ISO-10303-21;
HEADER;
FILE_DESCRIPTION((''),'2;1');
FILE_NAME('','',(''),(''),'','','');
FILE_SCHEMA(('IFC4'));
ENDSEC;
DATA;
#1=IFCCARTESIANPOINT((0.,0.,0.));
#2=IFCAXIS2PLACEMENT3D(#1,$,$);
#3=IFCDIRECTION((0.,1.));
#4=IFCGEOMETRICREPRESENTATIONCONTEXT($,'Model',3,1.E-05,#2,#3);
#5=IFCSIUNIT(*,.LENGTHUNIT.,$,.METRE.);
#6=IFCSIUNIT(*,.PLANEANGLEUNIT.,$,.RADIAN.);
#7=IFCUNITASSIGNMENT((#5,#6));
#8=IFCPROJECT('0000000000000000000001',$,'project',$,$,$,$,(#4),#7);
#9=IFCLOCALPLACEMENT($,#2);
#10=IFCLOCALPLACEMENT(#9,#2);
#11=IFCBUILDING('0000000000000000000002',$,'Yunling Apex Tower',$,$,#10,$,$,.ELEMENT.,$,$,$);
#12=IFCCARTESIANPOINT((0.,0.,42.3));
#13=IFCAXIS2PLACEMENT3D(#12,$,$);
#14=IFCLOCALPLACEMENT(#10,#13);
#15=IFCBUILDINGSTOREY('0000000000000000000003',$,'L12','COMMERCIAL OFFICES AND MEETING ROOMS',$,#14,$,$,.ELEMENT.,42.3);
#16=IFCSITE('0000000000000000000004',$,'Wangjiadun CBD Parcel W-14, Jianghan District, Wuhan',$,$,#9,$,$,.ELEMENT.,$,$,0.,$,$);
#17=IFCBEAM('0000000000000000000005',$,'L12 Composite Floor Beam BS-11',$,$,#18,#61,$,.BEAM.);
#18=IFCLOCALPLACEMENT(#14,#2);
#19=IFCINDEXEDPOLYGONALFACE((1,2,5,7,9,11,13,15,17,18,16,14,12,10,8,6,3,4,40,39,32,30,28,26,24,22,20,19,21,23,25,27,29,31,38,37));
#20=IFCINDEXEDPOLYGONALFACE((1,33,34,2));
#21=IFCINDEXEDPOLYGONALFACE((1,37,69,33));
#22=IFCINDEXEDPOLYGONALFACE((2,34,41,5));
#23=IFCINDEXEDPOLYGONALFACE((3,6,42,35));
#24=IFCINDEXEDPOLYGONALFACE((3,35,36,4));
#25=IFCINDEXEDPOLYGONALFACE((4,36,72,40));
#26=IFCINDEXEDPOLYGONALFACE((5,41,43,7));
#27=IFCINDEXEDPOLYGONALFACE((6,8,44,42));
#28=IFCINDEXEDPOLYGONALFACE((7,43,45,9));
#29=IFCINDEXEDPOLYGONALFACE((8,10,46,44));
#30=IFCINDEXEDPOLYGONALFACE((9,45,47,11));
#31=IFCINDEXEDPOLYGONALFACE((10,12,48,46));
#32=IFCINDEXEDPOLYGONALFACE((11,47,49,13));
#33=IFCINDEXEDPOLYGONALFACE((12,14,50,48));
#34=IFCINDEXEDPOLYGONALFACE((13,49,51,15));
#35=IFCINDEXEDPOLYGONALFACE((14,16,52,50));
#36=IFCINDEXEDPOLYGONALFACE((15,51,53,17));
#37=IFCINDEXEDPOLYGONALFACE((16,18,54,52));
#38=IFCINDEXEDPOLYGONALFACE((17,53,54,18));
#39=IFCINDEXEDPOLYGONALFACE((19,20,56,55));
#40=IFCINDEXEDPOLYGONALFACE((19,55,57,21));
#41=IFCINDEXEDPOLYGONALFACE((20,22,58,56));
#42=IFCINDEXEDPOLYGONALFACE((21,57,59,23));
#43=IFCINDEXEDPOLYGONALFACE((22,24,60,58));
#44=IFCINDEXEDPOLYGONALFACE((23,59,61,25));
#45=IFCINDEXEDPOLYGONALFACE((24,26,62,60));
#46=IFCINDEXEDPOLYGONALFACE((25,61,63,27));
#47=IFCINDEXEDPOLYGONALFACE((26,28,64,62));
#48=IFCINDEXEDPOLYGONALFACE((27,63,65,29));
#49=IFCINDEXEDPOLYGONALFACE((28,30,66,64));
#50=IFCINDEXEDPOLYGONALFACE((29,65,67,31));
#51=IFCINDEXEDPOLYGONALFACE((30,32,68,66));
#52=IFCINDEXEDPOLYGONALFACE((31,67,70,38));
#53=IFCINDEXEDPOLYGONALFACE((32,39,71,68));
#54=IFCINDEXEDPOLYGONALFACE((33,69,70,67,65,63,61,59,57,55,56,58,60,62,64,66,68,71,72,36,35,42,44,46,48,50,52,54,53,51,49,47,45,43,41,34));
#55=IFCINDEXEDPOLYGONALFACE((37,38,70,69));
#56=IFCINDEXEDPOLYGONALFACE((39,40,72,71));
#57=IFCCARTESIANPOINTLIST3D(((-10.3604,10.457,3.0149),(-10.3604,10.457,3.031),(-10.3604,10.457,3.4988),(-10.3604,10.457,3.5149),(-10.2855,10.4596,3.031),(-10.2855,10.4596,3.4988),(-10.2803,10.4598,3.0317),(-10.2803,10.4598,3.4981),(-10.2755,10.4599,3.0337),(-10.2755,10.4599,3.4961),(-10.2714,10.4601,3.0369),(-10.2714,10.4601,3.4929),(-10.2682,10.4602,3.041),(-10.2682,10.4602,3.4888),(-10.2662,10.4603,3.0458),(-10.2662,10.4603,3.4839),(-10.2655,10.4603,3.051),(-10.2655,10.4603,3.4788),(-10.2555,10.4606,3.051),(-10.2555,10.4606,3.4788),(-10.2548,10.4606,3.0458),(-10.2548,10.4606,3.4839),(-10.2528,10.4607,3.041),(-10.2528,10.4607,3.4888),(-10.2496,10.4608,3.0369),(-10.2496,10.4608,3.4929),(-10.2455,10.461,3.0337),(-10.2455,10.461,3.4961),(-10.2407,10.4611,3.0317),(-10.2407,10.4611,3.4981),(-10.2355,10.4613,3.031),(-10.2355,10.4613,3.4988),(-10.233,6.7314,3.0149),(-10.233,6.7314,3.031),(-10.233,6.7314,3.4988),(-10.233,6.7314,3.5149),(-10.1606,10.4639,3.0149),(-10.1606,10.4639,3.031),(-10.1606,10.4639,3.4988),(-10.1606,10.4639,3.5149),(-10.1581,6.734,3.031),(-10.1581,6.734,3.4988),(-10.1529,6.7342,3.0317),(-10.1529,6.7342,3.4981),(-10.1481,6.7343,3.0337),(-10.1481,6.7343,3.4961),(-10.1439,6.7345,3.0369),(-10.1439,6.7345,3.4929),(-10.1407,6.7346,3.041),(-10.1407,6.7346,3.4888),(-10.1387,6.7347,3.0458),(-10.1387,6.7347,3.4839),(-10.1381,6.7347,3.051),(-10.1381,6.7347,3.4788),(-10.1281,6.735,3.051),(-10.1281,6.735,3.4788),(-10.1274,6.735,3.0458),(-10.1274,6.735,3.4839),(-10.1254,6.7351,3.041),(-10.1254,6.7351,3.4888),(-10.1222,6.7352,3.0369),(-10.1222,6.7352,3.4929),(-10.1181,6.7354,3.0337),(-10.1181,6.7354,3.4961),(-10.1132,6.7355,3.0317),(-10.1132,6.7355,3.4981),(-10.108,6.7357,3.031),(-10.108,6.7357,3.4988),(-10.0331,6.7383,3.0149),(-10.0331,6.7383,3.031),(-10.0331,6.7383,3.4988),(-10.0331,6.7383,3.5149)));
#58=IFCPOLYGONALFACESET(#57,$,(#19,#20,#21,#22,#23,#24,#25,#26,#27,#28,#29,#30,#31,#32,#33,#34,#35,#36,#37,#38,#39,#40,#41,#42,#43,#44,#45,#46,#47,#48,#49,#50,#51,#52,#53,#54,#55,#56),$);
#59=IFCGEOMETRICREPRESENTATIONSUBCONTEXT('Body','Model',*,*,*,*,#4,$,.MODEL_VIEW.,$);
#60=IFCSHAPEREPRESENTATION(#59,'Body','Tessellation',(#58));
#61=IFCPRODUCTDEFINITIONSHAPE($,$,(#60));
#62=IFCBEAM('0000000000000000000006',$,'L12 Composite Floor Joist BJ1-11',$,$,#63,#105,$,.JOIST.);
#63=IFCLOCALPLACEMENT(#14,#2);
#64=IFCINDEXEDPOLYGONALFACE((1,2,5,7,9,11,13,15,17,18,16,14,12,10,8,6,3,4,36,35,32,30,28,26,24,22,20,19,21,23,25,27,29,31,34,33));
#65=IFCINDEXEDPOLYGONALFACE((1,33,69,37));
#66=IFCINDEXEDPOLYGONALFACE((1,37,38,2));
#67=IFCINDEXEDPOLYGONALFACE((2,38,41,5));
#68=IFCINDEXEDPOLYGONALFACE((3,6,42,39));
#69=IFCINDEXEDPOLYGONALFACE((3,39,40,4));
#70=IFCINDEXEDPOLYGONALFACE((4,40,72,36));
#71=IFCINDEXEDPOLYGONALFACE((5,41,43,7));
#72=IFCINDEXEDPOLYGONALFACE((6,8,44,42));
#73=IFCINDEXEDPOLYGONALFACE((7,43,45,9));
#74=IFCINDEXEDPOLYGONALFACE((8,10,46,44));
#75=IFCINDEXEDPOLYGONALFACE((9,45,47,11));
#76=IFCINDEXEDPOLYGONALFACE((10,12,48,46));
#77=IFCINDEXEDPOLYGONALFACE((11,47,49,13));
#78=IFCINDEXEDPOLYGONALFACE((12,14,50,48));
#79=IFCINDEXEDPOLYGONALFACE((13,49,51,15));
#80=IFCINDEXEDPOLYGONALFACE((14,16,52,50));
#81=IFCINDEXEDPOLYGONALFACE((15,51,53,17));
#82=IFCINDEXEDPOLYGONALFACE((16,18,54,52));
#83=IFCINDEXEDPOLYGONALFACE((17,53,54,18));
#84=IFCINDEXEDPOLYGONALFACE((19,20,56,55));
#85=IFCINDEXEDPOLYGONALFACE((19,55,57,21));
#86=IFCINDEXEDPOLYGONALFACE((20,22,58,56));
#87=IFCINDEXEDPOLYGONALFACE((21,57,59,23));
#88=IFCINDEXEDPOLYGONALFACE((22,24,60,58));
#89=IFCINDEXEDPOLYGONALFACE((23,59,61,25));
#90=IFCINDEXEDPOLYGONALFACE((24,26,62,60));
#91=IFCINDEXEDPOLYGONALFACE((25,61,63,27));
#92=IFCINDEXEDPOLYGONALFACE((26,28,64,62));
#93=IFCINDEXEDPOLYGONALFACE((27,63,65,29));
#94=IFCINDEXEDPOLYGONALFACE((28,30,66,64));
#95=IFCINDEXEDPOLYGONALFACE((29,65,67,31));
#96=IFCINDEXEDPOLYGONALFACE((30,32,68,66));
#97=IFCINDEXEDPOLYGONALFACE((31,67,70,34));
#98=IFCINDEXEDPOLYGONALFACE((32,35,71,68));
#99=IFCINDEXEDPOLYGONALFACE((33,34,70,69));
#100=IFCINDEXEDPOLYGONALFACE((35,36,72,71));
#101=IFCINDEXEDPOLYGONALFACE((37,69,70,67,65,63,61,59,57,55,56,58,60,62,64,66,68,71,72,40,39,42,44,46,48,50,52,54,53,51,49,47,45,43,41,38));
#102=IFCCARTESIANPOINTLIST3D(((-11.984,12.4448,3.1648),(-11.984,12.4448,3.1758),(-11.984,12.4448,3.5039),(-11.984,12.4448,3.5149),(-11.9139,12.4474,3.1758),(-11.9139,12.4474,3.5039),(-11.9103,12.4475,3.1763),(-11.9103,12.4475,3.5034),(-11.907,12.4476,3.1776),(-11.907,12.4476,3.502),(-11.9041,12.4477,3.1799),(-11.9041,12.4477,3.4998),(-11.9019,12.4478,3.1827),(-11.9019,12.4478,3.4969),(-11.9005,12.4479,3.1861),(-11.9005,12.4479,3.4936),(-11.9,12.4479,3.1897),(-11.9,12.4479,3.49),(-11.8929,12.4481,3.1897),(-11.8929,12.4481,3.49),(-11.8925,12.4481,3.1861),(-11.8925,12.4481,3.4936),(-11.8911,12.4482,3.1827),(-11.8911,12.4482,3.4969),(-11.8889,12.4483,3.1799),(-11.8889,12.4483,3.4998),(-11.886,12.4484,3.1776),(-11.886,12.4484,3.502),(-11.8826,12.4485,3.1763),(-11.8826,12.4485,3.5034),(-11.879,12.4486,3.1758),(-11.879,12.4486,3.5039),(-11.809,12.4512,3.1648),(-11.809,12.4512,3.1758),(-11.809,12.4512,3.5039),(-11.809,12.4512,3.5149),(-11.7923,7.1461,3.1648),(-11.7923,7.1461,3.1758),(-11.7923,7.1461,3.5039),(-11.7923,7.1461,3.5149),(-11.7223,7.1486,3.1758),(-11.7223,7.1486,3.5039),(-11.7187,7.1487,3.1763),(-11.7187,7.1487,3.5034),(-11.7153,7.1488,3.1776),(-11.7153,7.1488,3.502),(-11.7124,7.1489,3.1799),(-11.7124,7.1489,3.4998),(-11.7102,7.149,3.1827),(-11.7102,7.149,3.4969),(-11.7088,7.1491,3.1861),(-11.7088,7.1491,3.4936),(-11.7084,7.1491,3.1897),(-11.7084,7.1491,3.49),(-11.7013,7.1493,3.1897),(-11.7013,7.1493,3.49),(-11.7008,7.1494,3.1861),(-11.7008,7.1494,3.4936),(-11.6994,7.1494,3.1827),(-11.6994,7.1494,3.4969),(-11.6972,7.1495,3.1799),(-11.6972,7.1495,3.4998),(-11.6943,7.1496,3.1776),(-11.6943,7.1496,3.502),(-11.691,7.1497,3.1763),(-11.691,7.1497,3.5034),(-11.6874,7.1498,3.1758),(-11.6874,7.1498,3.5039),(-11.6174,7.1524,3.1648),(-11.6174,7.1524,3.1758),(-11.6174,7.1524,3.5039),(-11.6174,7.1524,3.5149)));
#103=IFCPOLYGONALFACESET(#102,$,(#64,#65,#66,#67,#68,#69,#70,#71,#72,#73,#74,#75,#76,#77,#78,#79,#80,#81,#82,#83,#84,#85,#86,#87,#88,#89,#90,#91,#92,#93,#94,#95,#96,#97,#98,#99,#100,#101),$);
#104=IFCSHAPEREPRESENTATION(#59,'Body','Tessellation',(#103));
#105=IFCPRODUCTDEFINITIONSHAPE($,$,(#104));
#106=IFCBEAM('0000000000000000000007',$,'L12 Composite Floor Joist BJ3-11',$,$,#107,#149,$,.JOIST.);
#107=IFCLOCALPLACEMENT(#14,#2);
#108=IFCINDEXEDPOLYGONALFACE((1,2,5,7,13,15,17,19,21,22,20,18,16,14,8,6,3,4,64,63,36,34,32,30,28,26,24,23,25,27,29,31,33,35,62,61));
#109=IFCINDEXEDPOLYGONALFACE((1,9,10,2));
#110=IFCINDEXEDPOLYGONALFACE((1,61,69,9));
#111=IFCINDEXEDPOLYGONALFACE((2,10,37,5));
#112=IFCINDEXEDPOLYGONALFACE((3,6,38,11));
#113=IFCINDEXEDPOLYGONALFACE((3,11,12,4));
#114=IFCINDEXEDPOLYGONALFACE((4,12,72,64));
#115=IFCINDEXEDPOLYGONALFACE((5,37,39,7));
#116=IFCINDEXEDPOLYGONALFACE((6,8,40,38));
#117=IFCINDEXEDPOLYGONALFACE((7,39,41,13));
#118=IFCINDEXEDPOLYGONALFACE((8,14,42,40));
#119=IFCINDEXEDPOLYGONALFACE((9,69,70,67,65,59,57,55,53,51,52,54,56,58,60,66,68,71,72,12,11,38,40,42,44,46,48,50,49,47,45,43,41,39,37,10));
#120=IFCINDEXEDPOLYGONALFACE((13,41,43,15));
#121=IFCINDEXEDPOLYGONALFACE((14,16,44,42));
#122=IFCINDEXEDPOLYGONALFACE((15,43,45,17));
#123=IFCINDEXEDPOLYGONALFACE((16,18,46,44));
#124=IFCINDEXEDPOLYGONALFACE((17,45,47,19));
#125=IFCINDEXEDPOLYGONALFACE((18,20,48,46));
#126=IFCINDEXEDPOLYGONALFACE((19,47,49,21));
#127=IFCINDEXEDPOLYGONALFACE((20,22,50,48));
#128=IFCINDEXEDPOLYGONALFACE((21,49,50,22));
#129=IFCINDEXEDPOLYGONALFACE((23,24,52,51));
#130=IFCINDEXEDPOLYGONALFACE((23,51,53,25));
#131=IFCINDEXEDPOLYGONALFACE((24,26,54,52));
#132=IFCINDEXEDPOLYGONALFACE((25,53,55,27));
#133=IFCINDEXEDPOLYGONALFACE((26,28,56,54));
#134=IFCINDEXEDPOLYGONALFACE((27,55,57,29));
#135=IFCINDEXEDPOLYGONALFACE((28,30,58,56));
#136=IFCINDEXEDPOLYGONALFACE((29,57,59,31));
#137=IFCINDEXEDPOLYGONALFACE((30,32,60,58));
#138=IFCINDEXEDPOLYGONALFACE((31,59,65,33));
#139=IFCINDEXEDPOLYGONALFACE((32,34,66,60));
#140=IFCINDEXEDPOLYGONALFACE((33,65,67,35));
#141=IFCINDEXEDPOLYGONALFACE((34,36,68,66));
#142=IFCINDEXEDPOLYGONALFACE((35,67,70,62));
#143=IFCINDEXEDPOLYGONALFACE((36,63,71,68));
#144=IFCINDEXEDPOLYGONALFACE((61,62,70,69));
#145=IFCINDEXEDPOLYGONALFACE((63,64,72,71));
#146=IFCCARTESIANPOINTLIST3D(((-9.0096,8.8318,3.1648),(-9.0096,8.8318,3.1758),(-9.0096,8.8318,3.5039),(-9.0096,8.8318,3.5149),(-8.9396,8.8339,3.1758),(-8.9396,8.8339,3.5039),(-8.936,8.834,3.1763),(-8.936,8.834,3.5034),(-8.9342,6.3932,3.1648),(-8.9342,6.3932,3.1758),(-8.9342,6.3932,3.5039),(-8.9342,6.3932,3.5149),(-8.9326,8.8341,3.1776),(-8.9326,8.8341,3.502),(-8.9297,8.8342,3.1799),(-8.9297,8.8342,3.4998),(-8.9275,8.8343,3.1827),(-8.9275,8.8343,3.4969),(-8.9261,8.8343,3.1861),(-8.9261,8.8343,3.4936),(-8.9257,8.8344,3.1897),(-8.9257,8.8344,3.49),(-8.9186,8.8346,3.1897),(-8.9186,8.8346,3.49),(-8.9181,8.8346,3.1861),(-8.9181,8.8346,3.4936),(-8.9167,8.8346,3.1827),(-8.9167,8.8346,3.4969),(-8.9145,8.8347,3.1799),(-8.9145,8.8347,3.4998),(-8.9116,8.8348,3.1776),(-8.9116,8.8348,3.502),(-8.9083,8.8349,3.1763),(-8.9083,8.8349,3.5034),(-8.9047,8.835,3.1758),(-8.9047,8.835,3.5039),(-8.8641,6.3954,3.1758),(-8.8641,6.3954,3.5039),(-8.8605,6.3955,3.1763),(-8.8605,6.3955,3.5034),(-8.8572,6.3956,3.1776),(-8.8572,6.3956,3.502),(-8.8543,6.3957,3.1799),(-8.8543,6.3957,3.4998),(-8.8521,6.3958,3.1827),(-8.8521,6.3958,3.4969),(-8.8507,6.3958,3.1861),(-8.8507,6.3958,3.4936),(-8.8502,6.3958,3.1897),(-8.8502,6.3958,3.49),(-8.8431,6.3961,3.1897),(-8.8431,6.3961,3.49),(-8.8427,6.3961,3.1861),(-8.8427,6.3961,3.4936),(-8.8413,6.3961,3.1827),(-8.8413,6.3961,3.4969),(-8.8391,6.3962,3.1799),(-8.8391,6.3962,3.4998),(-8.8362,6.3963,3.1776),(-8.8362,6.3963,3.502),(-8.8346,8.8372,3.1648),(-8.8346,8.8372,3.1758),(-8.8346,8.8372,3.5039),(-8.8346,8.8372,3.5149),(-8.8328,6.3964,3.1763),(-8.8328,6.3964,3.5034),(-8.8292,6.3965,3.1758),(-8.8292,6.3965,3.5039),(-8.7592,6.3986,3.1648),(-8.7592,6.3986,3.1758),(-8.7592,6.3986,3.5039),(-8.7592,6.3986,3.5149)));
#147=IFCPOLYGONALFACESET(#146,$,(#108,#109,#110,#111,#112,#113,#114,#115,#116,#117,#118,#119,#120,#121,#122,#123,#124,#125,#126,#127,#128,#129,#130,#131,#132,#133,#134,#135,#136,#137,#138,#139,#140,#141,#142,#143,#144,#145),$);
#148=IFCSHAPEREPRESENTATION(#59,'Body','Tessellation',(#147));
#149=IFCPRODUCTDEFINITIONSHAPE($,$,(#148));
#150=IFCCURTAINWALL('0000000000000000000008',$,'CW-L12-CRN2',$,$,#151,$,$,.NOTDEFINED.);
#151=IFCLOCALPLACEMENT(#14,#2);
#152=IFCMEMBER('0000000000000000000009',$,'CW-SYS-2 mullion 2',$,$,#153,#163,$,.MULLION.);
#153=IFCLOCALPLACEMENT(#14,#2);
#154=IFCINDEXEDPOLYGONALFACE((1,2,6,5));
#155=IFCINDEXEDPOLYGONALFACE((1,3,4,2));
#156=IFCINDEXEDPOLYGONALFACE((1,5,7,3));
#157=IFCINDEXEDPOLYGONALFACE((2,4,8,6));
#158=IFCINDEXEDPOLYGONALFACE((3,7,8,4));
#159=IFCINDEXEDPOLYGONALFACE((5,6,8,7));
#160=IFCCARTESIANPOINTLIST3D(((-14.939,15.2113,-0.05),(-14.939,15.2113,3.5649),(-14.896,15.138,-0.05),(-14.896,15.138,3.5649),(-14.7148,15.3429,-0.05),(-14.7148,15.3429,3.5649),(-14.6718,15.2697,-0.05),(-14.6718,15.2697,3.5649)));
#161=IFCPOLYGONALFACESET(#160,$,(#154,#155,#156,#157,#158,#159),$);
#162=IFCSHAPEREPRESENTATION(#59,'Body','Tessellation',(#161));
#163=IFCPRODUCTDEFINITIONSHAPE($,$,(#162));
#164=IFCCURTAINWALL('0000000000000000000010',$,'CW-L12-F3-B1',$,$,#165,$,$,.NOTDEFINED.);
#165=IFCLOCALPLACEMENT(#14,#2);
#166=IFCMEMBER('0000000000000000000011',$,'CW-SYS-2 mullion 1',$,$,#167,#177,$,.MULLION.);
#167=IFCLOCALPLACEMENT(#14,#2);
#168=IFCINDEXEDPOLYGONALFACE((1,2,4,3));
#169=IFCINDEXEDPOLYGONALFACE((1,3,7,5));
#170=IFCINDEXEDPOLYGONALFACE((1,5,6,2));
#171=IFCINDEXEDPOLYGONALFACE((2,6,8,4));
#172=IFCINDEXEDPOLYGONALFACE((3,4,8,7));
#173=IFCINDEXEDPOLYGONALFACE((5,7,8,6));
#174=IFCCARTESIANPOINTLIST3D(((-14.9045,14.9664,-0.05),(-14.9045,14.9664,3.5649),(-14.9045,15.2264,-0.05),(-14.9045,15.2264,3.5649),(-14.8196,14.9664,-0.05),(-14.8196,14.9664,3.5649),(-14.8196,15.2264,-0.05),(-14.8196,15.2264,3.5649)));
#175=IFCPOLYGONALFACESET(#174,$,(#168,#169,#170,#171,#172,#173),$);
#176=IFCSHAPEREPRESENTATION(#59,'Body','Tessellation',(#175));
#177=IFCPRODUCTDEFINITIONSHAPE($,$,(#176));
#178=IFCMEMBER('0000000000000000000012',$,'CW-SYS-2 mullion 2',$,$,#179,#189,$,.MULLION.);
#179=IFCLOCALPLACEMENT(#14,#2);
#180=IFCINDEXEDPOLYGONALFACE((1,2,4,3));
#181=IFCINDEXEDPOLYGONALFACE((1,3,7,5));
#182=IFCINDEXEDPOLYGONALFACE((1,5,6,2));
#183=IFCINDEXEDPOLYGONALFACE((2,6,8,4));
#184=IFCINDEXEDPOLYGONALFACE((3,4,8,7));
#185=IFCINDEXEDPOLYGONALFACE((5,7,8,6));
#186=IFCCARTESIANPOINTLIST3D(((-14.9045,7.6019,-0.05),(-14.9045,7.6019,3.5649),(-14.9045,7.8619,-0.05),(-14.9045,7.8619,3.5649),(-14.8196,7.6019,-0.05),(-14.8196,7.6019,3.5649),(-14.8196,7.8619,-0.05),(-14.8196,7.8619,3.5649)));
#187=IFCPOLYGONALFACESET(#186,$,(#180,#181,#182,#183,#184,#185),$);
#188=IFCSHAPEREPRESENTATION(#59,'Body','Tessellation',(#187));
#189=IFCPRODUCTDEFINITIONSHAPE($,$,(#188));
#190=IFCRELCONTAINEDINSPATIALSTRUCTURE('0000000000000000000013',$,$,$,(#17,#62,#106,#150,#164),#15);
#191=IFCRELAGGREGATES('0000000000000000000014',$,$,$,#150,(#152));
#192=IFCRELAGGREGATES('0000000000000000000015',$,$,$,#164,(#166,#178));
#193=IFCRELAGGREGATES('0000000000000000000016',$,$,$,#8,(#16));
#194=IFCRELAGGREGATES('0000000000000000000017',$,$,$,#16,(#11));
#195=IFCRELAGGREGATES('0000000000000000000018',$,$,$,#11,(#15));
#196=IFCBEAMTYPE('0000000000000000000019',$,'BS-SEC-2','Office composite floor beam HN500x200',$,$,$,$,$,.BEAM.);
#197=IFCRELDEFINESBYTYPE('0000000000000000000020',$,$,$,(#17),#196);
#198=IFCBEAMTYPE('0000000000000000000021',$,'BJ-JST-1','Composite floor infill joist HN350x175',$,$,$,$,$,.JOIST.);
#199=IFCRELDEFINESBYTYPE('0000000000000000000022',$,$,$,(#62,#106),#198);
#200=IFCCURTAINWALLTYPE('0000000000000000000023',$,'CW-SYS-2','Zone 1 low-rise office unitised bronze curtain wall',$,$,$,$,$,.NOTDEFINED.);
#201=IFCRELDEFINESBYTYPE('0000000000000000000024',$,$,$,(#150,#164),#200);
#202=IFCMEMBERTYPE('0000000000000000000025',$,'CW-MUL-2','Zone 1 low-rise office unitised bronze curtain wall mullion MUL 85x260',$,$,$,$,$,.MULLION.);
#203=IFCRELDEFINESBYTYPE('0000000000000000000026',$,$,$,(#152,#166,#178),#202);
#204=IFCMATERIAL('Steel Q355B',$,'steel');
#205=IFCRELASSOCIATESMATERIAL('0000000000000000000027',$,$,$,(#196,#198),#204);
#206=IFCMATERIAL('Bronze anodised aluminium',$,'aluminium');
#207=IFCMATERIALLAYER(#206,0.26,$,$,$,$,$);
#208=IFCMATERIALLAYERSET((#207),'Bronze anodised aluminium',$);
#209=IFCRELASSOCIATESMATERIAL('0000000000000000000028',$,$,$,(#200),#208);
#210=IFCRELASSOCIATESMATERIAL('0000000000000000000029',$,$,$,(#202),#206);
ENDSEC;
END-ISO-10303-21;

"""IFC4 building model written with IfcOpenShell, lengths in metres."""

from ifc_helpers import new_model, si_unit, direction, frame, origin, origin_2d, place, context, subcontext, project, spatial, rectangle, i_section, extrude, source, transform, mapped, material, layer, layer_set, material_profile, profile_set, type_object, element, aggregate, save


model = new_model("IFC4")

# Units and contexts
model_context = context("Model", 3, precision=1e-05, world=origin(), true_north=direction((0.0, 1.0)))
body_context = subcontext(model_context, "Body", "Model", "MODEL_VIEW")
ifc_project = project(units=[si_unit("LENGTHUNIT", "METRE"), si_unit("PLANEANGLEUNIT", "RADIAN")], contexts=[model_context])

# Site, building, storey
site_placement = place(None, origin())
site = spatial("IfcSite", under=ifc_project, at=site_placement, Name="Wangjiadun CBD Parcel W-14, Jianghan District, Wuhan", CompositionType="ELEMENT", RefElevation=0.0)
building_placement = place(site_placement, origin())
building = spatial("IfcBuilding", under=site, at=building_placement, Name="Yunling Apex Tower", CompositionType="ELEMENT")
storey_placement = place(building_placement, frame((0.0, 0.0, 42.3)))
storey = spatial("IfcBuildingStorey", under=building, at=storey_placement, Name="L12", Description="COMMERCIAL OFFICES AND MEETING ROOMS", CompositionType="ELEMENT", Elevation=42.3)

# Beams
ifc_material_1 = material(Name="Steel Q355B", Category="steel")
ifc_material_profile_1 = material_profile(ifc_material_1, i_section(OverallWidth=0.2, OverallDepth=0.5, WebThickness=0.01, FlangeThickness=0.0161, FilletRadius=0.02, at=origin_2d()))
ifc_profile_set_1 = profile_set([ifc_material_profile_1], Name="Steel Q355B")
beam_type_1 = type_object("IfcBeamType", Name="BS-SEC-2", Description="Office composite floor beam HN500x200", PredefinedType="BEAM", material=ifc_profile_set_1)
shared_shape_1 = source(origin(), body_context, "Body", "SweptSolid", [
    extrude(i_section(OverallWidth=0.2, OverallDepth=0.5, WebThickness=0.01, FlangeThickness=0.0161, FilletRadius=0.02, at=origin_2d()), origin(), (0.0, 0.0, 1.0), 3.7278),
])
beam_1_placement = place(storey_placement, frame((-10.2605, 10.4604, 3.2649), z_axis=(0.034187, -0.999415, 0.0), x_axis=(0.999415, 0.034187, 0.0)))
element("IfcBeam", 1, at=beam_1_placement, inside=storey, type_object=beam_type_1, Name="L12 Composite Floor Beam BS-11", PredefinedType="BEAM", context=body_context, shape_type="MappedRepresentation", body=[
    mapped(shared_shape_1, transform((0.0, 0.0, 0.0), scale=1.0)),
])
ifc_material_profile_2 = material_profile(ifc_material_1, i_section(OverallWidth=0.175, OverallDepth=0.3501, WebThickness=0.0071, FlangeThickness=0.011, FilletRadius=0.0139, at=origin_2d()))
ifc_profile_set_2 = profile_set([ifc_material_profile_2], Name="Steel Q355B")
beam_type_2 = type_object("IfcBeamType", Name="BJ-JST-1", Description="Composite floor infill joist HN350x175", PredefinedType="JOIST", material=ifc_profile_set_2)
shared_shape_2 = source(origin(), body_context, "Body", "SweptSolid", [
    extrude(i_section(OverallWidth=0.175, OverallDepth=0.3501, WebThickness=0.0071, FlangeThickness=0.011, FilletRadius=0.0139, at=origin_2d()), origin(), (0.0, 0.0, 1.0), 5.3022),
])
beam_2_placement = place(storey_placement, frame((-11.8965, 12.448, 3.3398), z_axis=(0.036145, -0.999347, 0.0), x_axis=(0.999347, 0.036145, 0.0)))
element("IfcBeam", 2, at=beam_2_placement, inside=storey, type_object=beam_type_2, Name="L12 Composite Floor Joist BJ1-11", PredefinedType="JOIST", context=body_context, shape_type="MappedRepresentation", body=[
    mapped(shared_shape_2, transform((0.0, 0.0, 0.0), scale=1.0)),
])
shared_shape_3 = source(origin(), body_context, "Body", "SweptSolid", [
    extrude(i_section(OverallWidth=0.175, OverallDepth=0.3501, WebThickness=0.0071, FlangeThickness=0.011, FilletRadius=0.0139, at=origin_2d()), origin(), (0.0, 0.0, 1.0), 2.4397),
])
beam_3_placement = place(storey_placement, frame((-8.9221, 8.8345, 3.3398), z_axis=(0.030922, -0.999522, 0.0), x_axis=(0.999522, 0.030922, 0.0)))
element("IfcBeam", 3, at=beam_3_placement, inside=storey, type_object=beam_type_2, Name="L12 Composite Floor Joist BJ3-11", PredefinedType="JOIST", context=body_context, shape_type="MappedRepresentation", body=[
    mapped(shared_shape_3, transform((0.0, 0.0, 0.0), scale=1.0)),
])

# Curtain wall, member
ifc_material_2 = material(Name="Bronze anodised aluminium", Category="aluminium")
ifc_layer_1 = layer(ifc_material_2, 0.26)
ifc_layer_set_1 = layer_set([ifc_layer_1], Name="Bronze anodised aluminium")
curtain_wall_type = type_object("IfcCurtainWallType", Name="CW-SYS-2", Description="Zone 1 low-rise office unitised bronze curtain wall", PredefinedType="NOTDEFINED", material=ifc_layer_set_1)
curtain_wall_1_placement = place(storey_placement, origin())
curtain_wall_1 = element("IfcCurtainWall", 4, at=curtain_wall_1_placement, inside=storey, type_object=curtain_wall_type, Name="CW-L12-CRN2", PredefinedType="NOTDEFINED")
ifc_material_profile_3 = material_profile(ifc_material_2, rectangle(XDim=0.085, YDim=0.26, at=origin_2d()))
ifc_profile_set_3 = profile_set([ifc_material_profile_3], Name="Bronze anodised aluminium")
member_type_1 = type_object("IfcMemberType", Name="CW-MUL-2", Description="Zone 1 low-rise office unitised bronze curtain wall mullion MUL 85x260", PredefinedType="MULLION", material=ifc_profile_set_3)
shared_shape_4 = source(origin(), body_context, "Body", "SweptSolid", [
    extrude(rectangle(XDim=0.085, YDim=0.26, at=origin_2d()), origin(), (0.0, 0.0, 1.0), 3.615),
])
member_1_placement = place(storey_placement, frame((-14.8054, 15.2405, -0.05), z_axis=(0.0, 0.0, 1.0), x_axis=(0.506196, -0.862419, 0.0)))
member_1 = element("IfcMember", 5, at=member_1_placement, type_object=member_type_1, Name="CW-SYS-2 mullion 2", PredefinedType="MULLION", context=body_context, shape_type="MappedRepresentation", body=[
    mapped(shared_shape_4, transform((0.0, 0.0, 0.0), scale=1.0)),
])

# Curtain wall, members
curtain_wall_2_placement = place(storey_placement, origin())
curtain_wall_2 = element("IfcCurtainWall", 6, at=curtain_wall_2_placement, inside=storey, type_object=curtain_wall_type, Name="CW-L12-F3-B1", PredefinedType="NOTDEFINED")
member_2_placement = place(storey_placement, frame((-14.8621, 15.0964, -0.05), z_axis=(0.0, 0.0, 1.0), x_axis=(1.0, 0.0, 0.0)))
member_2 = element("IfcMember", 7, at=member_2_placement, type_object=member_type_1, Name="CW-SYS-2 mullion 1", PredefinedType="MULLION", context=body_context, shape_type="MappedRepresentation", body=[
    mapped(shared_shape_4, transform((0.0, 0.0, 0.0), scale=1.0)),
])
member_3_placement = place(storey_placement, frame((-14.8621, 7.7319, -0.05), z_axis=(0.0, 0.0, 1.0), x_axis=(1.0, 0.0, 0.0)))
member_3 = element("IfcMember", 8, at=member_3_placement, type_object=member_type_1, Name="CW-SYS-2 mullion 2", PredefinedType="MULLION", context=body_context, shape_type="MappedRepresentation", body=[
    mapped(shared_shape_4, transform((0.0, 0.0, 0.0), scale=1.0)),
])

aggregate(curtain_wall_1, [member_1])
aggregate(curtain_wall_2, [member_2, member_3])

save(model, "model.ifc")
